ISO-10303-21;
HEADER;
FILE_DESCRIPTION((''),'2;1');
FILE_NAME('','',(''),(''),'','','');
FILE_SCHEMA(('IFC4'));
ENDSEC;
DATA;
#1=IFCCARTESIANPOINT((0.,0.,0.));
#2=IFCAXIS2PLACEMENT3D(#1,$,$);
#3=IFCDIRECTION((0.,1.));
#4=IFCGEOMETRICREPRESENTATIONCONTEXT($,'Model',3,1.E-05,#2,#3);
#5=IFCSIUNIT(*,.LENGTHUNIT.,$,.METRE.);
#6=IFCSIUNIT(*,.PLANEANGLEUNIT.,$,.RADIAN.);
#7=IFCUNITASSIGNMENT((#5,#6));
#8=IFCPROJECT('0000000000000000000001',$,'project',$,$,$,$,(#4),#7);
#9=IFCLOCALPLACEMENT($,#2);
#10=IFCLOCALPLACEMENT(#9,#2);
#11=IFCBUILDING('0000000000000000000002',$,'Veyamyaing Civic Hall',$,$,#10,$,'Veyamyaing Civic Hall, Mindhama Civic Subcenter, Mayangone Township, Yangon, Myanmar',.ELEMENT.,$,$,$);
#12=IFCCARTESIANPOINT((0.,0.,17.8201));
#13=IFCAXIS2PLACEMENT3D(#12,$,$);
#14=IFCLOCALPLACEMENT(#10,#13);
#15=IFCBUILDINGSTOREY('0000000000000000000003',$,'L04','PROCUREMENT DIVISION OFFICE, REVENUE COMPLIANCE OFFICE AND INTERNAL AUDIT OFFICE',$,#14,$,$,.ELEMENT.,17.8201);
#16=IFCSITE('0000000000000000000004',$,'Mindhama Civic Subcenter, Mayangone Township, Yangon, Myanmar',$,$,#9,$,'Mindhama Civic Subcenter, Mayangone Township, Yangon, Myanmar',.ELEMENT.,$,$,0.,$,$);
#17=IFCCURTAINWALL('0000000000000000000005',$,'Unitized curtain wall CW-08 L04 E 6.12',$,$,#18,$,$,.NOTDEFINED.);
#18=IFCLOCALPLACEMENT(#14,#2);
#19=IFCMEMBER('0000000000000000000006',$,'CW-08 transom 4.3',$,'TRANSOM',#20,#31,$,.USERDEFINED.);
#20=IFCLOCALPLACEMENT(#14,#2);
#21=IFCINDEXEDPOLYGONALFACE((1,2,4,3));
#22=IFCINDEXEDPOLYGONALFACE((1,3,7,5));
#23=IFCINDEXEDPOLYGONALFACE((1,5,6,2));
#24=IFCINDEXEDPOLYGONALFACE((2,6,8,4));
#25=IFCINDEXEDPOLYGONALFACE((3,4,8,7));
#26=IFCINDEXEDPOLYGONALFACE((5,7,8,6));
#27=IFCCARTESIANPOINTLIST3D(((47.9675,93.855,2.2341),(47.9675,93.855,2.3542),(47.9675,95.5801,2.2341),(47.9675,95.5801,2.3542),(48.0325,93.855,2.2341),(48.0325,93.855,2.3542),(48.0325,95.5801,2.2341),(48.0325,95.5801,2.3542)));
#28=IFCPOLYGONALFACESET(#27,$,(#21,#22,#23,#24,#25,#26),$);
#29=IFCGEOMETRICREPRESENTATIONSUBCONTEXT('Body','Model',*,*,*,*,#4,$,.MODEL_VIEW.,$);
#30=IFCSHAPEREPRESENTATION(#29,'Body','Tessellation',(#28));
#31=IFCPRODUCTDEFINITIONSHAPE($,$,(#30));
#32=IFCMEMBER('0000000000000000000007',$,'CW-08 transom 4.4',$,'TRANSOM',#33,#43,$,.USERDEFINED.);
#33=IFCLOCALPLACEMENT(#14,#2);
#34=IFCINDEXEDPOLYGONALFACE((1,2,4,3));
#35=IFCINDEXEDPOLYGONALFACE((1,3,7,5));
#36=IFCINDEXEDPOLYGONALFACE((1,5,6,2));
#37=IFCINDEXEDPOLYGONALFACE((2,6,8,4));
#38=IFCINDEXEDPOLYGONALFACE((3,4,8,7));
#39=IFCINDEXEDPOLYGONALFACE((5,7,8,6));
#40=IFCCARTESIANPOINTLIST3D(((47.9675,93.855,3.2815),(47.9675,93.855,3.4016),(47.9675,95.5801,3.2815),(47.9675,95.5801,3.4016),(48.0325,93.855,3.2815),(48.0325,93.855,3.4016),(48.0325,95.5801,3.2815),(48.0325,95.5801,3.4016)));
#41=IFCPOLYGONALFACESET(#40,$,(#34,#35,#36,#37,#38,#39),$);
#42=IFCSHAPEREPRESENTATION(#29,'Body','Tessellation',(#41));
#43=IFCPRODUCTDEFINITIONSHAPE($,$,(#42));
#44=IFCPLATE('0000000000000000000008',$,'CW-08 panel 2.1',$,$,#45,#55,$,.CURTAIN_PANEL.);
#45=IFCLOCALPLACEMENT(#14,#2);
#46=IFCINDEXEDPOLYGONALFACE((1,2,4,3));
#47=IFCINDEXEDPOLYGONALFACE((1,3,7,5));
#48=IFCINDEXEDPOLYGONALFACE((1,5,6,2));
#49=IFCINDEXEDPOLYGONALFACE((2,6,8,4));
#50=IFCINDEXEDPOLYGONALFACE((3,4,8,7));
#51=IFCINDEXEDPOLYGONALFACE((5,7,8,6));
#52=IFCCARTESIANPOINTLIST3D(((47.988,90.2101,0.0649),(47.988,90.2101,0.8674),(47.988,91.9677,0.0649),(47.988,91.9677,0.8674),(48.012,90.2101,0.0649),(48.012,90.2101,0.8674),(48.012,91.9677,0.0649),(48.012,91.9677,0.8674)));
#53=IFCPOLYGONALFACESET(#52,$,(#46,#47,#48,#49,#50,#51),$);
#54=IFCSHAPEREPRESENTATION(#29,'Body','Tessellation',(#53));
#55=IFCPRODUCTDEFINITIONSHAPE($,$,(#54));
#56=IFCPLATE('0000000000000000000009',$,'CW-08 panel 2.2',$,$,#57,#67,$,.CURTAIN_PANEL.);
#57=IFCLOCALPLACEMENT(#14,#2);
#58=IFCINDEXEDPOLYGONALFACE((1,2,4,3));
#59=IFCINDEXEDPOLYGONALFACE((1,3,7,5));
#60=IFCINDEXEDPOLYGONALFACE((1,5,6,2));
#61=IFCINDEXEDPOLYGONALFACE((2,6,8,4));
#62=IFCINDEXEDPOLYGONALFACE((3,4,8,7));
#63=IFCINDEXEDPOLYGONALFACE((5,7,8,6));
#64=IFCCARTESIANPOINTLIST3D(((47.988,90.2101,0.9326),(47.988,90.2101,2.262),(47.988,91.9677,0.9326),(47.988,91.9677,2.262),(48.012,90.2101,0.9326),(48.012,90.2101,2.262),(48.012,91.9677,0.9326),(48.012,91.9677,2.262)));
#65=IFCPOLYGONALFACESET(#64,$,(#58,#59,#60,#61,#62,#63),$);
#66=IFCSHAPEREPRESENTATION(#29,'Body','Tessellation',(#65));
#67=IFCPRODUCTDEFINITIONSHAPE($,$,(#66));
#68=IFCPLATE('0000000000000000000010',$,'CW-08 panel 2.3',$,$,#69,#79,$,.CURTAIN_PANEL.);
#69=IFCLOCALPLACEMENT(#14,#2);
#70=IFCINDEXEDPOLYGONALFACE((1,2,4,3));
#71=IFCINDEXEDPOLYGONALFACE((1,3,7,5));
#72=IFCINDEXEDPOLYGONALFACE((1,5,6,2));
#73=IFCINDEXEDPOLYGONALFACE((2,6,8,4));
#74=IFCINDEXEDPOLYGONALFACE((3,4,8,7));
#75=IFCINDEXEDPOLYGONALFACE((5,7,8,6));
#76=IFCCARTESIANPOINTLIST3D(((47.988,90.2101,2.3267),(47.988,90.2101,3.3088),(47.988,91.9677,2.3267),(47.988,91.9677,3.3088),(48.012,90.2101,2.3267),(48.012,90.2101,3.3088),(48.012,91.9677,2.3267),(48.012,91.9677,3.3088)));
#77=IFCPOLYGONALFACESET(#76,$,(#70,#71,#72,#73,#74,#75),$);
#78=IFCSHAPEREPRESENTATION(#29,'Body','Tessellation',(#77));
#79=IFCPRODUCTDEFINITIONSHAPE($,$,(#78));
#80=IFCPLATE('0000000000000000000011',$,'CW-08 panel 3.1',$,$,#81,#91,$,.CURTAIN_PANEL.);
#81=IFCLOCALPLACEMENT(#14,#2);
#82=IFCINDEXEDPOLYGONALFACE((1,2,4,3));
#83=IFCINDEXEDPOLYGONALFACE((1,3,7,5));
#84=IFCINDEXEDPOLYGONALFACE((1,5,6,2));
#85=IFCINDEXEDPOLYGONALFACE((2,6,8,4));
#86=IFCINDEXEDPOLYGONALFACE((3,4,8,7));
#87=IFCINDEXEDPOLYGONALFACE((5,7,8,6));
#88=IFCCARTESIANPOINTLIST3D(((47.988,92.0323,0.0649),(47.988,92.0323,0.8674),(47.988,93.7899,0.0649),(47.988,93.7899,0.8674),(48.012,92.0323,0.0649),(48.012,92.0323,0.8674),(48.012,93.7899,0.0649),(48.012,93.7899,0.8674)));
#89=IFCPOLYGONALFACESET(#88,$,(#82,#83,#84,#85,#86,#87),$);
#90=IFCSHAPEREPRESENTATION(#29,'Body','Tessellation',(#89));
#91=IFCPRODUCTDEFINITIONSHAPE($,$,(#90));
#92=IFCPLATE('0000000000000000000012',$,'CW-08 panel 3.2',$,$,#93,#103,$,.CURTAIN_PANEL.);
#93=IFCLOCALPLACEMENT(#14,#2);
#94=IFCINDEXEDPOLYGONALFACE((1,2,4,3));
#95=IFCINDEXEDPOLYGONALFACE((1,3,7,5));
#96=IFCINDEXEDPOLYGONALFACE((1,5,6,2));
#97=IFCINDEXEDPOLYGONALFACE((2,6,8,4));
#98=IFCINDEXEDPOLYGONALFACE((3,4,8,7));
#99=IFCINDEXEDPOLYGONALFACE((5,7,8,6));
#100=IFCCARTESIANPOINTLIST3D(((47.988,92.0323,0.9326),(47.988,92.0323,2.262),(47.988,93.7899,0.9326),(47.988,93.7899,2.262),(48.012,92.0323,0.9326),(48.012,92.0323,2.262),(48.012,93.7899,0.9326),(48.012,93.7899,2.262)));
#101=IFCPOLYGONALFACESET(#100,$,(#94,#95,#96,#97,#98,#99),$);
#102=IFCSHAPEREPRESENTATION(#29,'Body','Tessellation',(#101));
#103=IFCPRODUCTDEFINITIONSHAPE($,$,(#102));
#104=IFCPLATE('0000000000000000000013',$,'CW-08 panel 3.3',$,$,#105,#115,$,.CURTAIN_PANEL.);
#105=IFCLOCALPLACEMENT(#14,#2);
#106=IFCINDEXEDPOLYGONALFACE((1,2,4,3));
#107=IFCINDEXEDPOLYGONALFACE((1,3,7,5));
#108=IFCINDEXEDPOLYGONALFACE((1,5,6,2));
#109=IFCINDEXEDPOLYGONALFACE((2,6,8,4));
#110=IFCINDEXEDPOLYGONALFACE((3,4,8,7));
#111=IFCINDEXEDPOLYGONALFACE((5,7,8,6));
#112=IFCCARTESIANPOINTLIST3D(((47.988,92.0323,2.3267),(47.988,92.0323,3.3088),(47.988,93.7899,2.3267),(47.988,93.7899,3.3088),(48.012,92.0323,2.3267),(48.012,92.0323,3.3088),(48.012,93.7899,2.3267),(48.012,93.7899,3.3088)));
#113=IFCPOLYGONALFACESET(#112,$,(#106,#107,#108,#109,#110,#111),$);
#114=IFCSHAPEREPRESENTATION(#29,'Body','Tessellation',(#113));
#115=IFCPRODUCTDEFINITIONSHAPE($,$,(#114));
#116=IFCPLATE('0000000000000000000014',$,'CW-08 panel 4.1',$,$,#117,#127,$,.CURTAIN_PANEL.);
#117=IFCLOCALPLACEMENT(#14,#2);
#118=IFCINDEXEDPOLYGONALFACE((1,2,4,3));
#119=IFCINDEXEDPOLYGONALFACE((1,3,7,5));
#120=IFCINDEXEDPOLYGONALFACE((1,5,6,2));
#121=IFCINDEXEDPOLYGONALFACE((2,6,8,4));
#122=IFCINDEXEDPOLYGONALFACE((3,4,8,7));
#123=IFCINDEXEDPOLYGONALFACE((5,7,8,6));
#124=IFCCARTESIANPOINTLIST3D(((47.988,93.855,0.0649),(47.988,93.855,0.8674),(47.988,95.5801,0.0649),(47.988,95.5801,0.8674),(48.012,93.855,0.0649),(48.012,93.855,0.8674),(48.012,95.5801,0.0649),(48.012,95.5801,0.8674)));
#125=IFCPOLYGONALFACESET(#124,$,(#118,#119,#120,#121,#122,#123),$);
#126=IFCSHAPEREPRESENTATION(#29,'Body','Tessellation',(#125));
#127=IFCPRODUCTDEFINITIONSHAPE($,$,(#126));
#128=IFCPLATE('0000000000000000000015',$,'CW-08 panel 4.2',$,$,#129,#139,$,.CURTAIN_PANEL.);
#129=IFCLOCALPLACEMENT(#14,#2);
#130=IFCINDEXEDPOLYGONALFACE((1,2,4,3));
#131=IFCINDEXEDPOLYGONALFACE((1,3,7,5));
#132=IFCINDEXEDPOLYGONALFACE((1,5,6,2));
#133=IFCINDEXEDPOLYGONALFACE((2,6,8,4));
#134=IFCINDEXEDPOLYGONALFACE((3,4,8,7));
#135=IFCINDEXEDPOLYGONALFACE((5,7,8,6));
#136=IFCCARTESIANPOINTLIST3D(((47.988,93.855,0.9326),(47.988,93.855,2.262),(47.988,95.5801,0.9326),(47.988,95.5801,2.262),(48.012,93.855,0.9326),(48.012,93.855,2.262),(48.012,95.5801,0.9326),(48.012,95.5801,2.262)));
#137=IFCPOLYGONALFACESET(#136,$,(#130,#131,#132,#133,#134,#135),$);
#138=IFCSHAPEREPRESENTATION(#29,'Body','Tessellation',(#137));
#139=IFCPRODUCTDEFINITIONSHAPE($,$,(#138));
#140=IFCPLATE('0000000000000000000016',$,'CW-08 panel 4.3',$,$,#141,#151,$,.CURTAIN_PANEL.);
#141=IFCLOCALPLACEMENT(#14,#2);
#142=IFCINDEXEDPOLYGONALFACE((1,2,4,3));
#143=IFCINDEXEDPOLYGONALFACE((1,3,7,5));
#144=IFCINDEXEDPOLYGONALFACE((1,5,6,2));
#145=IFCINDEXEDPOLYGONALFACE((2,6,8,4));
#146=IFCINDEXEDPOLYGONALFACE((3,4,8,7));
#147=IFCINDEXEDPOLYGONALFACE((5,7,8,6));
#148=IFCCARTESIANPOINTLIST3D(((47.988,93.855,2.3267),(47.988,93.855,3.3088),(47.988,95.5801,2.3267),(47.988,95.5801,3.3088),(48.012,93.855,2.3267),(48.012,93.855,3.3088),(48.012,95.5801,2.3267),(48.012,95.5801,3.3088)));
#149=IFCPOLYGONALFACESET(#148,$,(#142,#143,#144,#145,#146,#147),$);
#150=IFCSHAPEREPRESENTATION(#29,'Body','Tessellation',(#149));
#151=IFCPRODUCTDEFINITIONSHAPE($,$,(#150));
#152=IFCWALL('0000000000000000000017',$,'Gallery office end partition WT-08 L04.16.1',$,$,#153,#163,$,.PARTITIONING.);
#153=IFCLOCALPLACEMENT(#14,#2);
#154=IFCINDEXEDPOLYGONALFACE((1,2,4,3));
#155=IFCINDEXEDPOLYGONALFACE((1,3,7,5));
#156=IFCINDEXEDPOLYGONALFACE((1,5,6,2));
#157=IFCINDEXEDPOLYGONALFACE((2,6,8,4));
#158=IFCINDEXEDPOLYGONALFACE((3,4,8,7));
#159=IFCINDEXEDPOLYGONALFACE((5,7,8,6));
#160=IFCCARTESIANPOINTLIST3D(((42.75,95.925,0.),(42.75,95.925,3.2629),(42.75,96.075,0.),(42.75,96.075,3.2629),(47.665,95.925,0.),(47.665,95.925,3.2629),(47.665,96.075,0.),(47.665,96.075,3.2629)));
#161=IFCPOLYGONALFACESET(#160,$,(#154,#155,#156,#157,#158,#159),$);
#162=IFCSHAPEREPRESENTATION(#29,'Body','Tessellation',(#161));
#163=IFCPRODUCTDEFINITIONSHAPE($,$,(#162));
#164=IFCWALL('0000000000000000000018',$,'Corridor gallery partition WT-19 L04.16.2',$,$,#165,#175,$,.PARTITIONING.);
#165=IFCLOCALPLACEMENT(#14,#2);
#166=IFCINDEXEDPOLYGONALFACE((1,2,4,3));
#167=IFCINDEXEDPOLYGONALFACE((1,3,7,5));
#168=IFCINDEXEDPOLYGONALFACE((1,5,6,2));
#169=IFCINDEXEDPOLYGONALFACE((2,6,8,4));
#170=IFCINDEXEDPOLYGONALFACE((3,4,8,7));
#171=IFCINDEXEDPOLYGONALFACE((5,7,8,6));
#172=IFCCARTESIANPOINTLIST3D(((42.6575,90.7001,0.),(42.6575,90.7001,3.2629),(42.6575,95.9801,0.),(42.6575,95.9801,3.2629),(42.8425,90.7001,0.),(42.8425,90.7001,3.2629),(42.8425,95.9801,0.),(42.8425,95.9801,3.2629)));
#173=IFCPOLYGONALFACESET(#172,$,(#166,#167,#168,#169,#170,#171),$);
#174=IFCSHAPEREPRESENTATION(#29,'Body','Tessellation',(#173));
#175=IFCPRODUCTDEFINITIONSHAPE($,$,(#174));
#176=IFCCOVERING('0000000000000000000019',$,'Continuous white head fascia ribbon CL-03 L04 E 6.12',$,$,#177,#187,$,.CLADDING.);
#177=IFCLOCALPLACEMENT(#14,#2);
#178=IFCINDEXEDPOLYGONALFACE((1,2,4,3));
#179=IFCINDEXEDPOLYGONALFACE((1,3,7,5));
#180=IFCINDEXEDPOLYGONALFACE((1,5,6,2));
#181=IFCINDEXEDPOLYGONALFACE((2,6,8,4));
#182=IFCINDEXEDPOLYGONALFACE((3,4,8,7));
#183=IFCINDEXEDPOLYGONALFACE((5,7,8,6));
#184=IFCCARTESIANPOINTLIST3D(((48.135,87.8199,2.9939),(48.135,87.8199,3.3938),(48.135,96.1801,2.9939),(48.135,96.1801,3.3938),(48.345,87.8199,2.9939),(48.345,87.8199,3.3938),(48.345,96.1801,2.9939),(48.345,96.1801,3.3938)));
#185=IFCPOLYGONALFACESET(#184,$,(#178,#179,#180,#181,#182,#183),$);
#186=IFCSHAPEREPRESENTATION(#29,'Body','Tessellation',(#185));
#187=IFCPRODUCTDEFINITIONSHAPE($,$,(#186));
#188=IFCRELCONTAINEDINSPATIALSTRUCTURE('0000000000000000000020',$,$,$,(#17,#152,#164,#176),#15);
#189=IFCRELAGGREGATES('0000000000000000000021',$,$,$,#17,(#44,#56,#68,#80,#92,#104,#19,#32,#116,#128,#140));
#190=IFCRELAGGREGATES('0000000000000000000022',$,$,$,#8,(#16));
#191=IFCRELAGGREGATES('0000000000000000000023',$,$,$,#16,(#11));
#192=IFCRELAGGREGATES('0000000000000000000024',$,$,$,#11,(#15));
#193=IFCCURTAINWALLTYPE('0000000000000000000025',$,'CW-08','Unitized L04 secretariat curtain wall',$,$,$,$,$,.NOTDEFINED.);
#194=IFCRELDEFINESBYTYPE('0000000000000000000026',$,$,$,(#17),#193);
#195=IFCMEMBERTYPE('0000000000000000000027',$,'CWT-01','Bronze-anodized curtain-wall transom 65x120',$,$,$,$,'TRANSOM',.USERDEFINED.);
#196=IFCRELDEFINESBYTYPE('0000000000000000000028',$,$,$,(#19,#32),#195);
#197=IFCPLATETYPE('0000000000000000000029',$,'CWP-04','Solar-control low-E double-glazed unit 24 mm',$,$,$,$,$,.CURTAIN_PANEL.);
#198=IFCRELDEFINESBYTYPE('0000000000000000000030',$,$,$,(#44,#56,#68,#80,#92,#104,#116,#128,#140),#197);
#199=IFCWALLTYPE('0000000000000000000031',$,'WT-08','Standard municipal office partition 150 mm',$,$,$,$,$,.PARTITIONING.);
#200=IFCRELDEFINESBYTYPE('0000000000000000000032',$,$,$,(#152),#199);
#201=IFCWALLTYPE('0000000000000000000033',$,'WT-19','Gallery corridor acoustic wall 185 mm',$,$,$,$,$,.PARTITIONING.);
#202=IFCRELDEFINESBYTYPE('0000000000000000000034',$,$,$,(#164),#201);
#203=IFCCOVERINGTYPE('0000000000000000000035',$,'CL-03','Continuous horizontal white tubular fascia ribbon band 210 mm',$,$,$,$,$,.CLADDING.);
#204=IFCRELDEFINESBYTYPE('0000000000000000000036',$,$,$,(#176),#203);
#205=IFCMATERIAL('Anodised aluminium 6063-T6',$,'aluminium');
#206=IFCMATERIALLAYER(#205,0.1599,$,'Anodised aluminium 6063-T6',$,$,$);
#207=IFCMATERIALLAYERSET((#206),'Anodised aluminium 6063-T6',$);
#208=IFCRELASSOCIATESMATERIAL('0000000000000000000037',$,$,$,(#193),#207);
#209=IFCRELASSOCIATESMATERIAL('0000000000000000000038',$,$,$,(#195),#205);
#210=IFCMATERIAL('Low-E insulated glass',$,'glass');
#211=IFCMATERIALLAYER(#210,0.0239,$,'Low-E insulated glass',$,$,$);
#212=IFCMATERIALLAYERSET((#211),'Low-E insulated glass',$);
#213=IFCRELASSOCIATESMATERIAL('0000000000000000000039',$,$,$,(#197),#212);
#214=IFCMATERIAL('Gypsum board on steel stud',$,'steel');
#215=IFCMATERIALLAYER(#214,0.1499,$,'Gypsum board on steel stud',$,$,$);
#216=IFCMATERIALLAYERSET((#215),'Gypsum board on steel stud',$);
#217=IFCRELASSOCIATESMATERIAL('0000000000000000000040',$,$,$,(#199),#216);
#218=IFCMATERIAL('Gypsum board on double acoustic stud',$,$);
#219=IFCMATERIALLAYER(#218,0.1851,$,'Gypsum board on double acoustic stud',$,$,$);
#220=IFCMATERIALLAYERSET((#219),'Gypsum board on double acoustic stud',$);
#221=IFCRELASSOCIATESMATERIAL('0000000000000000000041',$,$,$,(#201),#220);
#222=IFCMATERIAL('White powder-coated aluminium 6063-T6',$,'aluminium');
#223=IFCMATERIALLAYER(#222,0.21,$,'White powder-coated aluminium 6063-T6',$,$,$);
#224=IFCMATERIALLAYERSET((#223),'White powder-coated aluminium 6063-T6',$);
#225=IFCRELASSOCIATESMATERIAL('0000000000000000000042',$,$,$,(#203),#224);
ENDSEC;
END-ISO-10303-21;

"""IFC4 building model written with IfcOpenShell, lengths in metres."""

from ifc_helpers import new_model, si_unit, direction, frame, frame_2d, origin, origin_2d, place, context, subcontext, project, spatial, rectangle, extrude, material, layer, layer_set, material_profile, profile_set, type_object, element, aggregate, save


model = new_model("IFC4")

# Units and contexts
model_context = context("Model", 3, precision=1e-05, world=origin(), true_north=direction((0.0, 1.0)))
body_context = subcontext(model_context, "Body", "Model", "MODEL_VIEW")
ifc_project = project(units=[si_unit("LENGTHUNIT", "METRE"), si_unit("PLANEANGLEUNIT", "RADIAN")], contexts=[model_context])

# Site, building, storey
site_placement = place(None, origin())
site = spatial("IfcSite", under=ifc_project, at=site_placement, Name="Mindhama Civic Subcenter, Mayangone Township, Yangon, Myanmar", LongName="Mindhama Civic Subcenter, Mayangone Township, Yangon, Myanmar", CompositionType="ELEMENT", RefElevation=0.0)
building_placement = place(site_placement, origin())
building = spatial("IfcBuilding", under=site, at=building_placement, Name="Veyamyaing Civic Hall", LongName="Veyamyaing Civic Hall, Mindhama Civic Subcenter, Mayangone Township, Yangon, Myanmar", CompositionType="ELEMENT")
storey_placement = place(building_placement, frame((0.0, 0.0, 17.8201)))
storey = spatial("IfcBuildingStorey", under=building, at=storey_placement, Name="L04", Description="PROCUREMENT DIVISION OFFICE, REVENUE COMPLIANCE OFFICE AND INTERNAL AUDIT OFFICE", CompositionType="ELEMENT", Elevation=17.8201)

# Curtain wall, members, plates
ifc_material_1 = material(Name="Anodised aluminium 6063-T6", Category="aluminium")
ifc_layer_1 = layer(ifc_material_1, 0.1599, Name="Anodised aluminium 6063-T6")
ifc_layer_set_1 = layer_set([ifc_layer_1], Name="Anodised aluminium 6063-T6")
curtain_wall_type = type_object("IfcCurtainWallType", Name="CW-08", Description="Unitized L04 secretariat curtain wall", PredefinedType="NOTDEFINED", material=ifc_layer_set_1)
curtain_wall_placement = place(storey_placement, origin())
curtain_wall = element("IfcCurtainWall", 1, at=curtain_wall_placement, inside=storey, type_object=curtain_wall_type, Name="Unitized curtain wall CW-08 L04 E 6.12", PredefinedType="NOTDEFINED")
ifc_material_profile_1 = material_profile(ifc_material_1, rectangle(XDim=0.0649, YDim=0.1201, at=origin_2d()), Name="ALU-TRN-65X120")
ifc_profile_set_1 = profile_set([ifc_material_profile_1], Name="Anodised aluminium 6063-T6")
member_type_1 = type_object("IfcMemberType", Name="CWT-01", Description="Bronze-anodized curtain-wall transom 65x120", ElementType="TRANSOM", PredefinedType="USERDEFINED", material=ifc_profile_set_1)
member_1_placement = place(storey_placement, frame((48.0, 93.855, 2.2942), z_axis=(0.0, 1.0, 0.0), x_axis=(-1.0, 0.0, 0.0)))
member_1 = element("IfcMember", 2, at=member_1_placement, type_object=member_type_1, Name="CW-08 transom 4.3", ObjectType="TRANSOM", PredefinedType="USERDEFINED", context=body_context, shape_type="SweptSolid", body=[
    extrude(rectangle(XDim=0.0649, YDim=0.1201, at=origin_2d()), origin(), (0.0, 0.0, 1.0), 1.7251),
])
member_2_placement = place(storey_placement, frame((48.0, 93.855, 3.3416), z_axis=(0.0, 1.0, 0.0), x_axis=(-1.0, 0.0, 0.0)))
member_2 = element("IfcMember", 3, at=member_2_placement, type_object=member_type_1, Name="CW-08 transom 4.4", ObjectType="TRANSOM", PredefinedType="USERDEFINED", context=body_context, shape_type="SweptSolid", body=[
    extrude(rectangle(XDim=0.0649, YDim=0.1201, at=origin_2d()), origin(), (0.0, 0.0, 1.0), 1.7251),
])
ifc_material_2 = material(Name="Low-E insulated glass", Category="glass")
ifc_layer_2 = layer(ifc_material_2, 0.0239, Name="Low-E insulated glass")
ifc_layer_set_2 = layer_set([ifc_layer_2], Name="Low-E insulated glass")
plate_type = type_object("IfcPlateType", Name="CWP-04", Description="Solar-control low-E double-glazed unit 24 mm", PredefinedType="CURTAIN_PANEL", material=ifc_layer_set_2)
plate_1_placement = place(storey_placement, frame((48.0, 91.0889, 0.0649), z_axis=(0.0, 0.0, 1.0), x_axis=(0.0, 1.0, 0.0)))
plate_1 = element("IfcPlate", 4, at=plate_1_placement, type_object=plate_type, Name="CW-08 panel 2.1", PredefinedType="CURTAIN_PANEL", context=body_context, shape_type="SweptSolid", body=[
    extrude(rectangle(XDim=1.7576, YDim=0.0239, at=origin_2d()), origin(), (0.0, 0.0, 1.0), 0.8025),
])
plate_2_placement = place(storey_placement, frame((48.0, 91.0889, 0.9326), z_axis=(0.0, 0.0, 1.0), x_axis=(0.0, 1.0, 0.0)))
plate_2 = element("IfcPlate", 5, at=plate_2_placement, type_object=plate_type, Name="CW-08 panel 2.2", PredefinedType="CURTAIN_PANEL", context=body_context, shape_type="SweptSolid", body=[
    extrude(rectangle(XDim=1.7576, YDim=0.0239, at=origin_2d()), origin(), (0.0, 0.0, 1.0), 1.3293),
])
plate_3_placement = place(storey_placement, frame((48.0, 91.0889, 2.3267), z_axis=(0.0, 0.0, 1.0), x_axis=(0.0, 1.0, 0.0)))
plate_3 = element("IfcPlate", 6, at=plate_3_placement, type_object=plate_type, Name="CW-08 panel 2.3", PredefinedType="CURTAIN_PANEL", context=body_context, shape_type="SweptSolid", body=[
    extrude(rectangle(XDim=1.7576, YDim=0.0239, at=origin_2d()), origin(), (0.0, 0.0, 1.0), 0.9822),
])
plate_4_placement = place(storey_placement, frame((48.0, 92.9111, 0.0649), z_axis=(0.0, 0.0, 1.0), x_axis=(0.0, 1.0, 0.0)))
plate_4 = element("IfcPlate", 7, at=plate_4_placement, type_object=plate_type, Name="CW-08 panel 3.1", PredefinedType="CURTAIN_PANEL", context=body_context, shape_type="SweptSolid", body=[
    extrude(rectangle(XDim=1.7576, YDim=0.0239, at=origin_2d()), origin(), (0.0, 0.0, 1.0), 0.8025),
])
plate_5_placement = place(storey_placement, frame((48.0, 92.9111, 0.9326), z_axis=(0.0, 0.0, 1.0), x_axis=(0.0, 1.0, 0.0)))
plate_5 = element("IfcPlate", 8, at=plate_5_placement, type_object=plate_type, Name="CW-08 panel 3.2", PredefinedType="CURTAIN_PANEL", context=body_context, shape_type="SweptSolid", body=[
    extrude(rectangle(XDim=1.7576, YDim=0.0239, at=origin_2d()), origin(), (0.0, 0.0, 1.0), 1.3293),
])
plate_6_placement = place(storey_placement, frame((48.0, 92.9111, 2.3267), z_axis=(0.0, 0.0, 1.0), x_axis=(0.0, 1.0, 0.0)))
plate_6 = element("IfcPlate", 9, at=plate_6_placement, type_object=plate_type, Name="CW-08 panel 3.3", PredefinedType="CURTAIN_PANEL", context=body_context, shape_type="SweptSolid", body=[
    extrude(rectangle(XDim=1.7576, YDim=0.0239, at=origin_2d()), origin(), (0.0, 0.0, 1.0), 0.9822),
])
plate_7_placement = place(storey_placement, frame((48.0, 94.7175, 0.0649), z_axis=(0.0, 0.0, 1.0), x_axis=(0.0, 1.0, 0.0)))
plate_7 = element("IfcPlate", 10, at=plate_7_placement, type_object=plate_type, Name="CW-08 panel 4.1", PredefinedType="CURTAIN_PANEL", context=body_context, shape_type="SweptSolid", body=[
    extrude(rectangle(XDim=1.7251, YDim=0.0239, at=origin_2d()), origin(), (0.0, 0.0, 1.0), 0.8025),
])
plate_8_placement = place(storey_placement, frame((48.0, 94.7175, 0.9326), z_axis=(0.0, 0.0, 1.0), x_axis=(0.0, 1.0, 0.0)))
plate_8 = element("IfcPlate", 11, at=plate_8_placement, type_object=plate_type, Name="CW-08 panel 4.2", PredefinedType="CURTAIN_PANEL", context=body_context, shape_type="SweptSolid", body=[
    extrude(rectangle(XDim=1.7251, YDim=0.0239, at=origin_2d()), origin(), (0.0, 0.0, 1.0), 1.3293),
])
plate_9_placement = place(storey_placement, frame((48.0, 94.7175, 2.3267), z_axis=(0.0, 0.0, 1.0), x_axis=(0.0, 1.0, 0.0)))
plate_9 = element("IfcPlate", 12, at=plate_9_placement, type_object=plate_type, Name="CW-08 panel 4.3", PredefinedType="CURTAIN_PANEL", context=body_context, shape_type="SweptSolid", body=[
    extrude(rectangle(XDim=1.7251, YDim=0.0239, at=origin_2d()), origin(), (0.0, 0.0, 1.0), 0.9822),
])
aggregate(curtain_wall, [plate_1, plate_2, plate_3, plate_4, plate_5, plate_6, member_1, member_2, plate_7, plate_8, plate_9])

# Wall
ifc_material_3 = material(Name="Gypsum board on steel stud", Category="steel")
ifc_layer_3 = layer(ifc_material_3, 0.1499, Name="Gypsum board on steel stud")
ifc_layer_set_3 = layer_set([ifc_layer_3], Name="Gypsum board on steel stud")
wall_type_1 = type_object("IfcWallType", Name="WT-08", Description="Standard municipal office partition 150 mm", PredefinedType="PARTITIONING", material=ifc_layer_set_3)
wall_1_placement = place(storey_placement, frame((42.75, 96.0, 0.0), z_axis=(0.0, 0.0, 1.0), x_axis=(1.0, 0.0, 0.0)))
element("IfcWall", 13, at=wall_1_placement, inside=storey, type_object=wall_type_1, Name="Gallery office end partition WT-08 L04.16.1", PredefinedType="PARTITIONING", context=body_context, shape_type="SweptSolid", body=[
    extrude(rectangle(XDim=4.915, YDim=0.1499, at=frame_2d((2.4575, 0.0))), origin(), (0.0, 0.0, 1.0), 3.2629),
])

# Shared definitions
ifc_material_4 = material(Name="Gypsum board on double acoustic stud")
ifc_layer_4 = layer(ifc_material_4, 0.1851, Name="Gypsum board on double acoustic stud")
ifc_layer_set_4 = layer_set([ifc_layer_4], Name="Gypsum board on double acoustic stud")
wall_type_2 = type_object("IfcWallType", Name="WT-19", Description="Gallery corridor acoustic wall 185 mm", PredefinedType="PARTITIONING", material=ifc_layer_set_4)

# Wall
wall_2_placement = place(storey_placement, frame((42.75, 90.7, 0.0), z_axis=(0.0, 0.0, 1.0), x_axis=(0.0, 1.0, 0.0)))
element("IfcWall", 14, at=wall_2_placement, inside=storey, type_object=wall_type_2, Name="Corridor gallery partition WT-19 L04.16.2", PredefinedType="PARTITIONING", context=body_context, shape_type="SweptSolid", body=[
    extrude(rectangle(XDim=5.28, YDim=0.1851, at=frame_2d((2.6401, 0.0))), origin(), (0.0, 0.0, 1.0), 3.2629),
])

# Covering
ifc_material_5 = material(Name="White powder-coated aluminium 6063-T6", Category="aluminium")
ifc_layer_5 = layer(ifc_material_5, 0.21, Name="White powder-coated aluminium 6063-T6")
ifc_layer_set_5 = layer_set([ifc_layer_5], Name="White powder-coated aluminium 6063-T6")
covering_type = type_object("IfcCoveringType", Name="CL-03", Description="Continuous horizontal white tubular fascia ribbon band 210 mm", PredefinedType="CLADDING", material=ifc_layer_set_5)
for number, where, z_axis, x_axis, name in (
    (15, (48.24, 92.0, 2.9939), (0.0, 0.0, 1.0), (0.0, 1.0, 0.0), "Continuous white head fascia ribbon CL-03 L04 E 6.12"),
):
    element("IfcCovering", number, at=place(storey_placement, frame(where, z_axis=z_axis, x_axis=x_axis)), inside=storey, type_object=covering_type, Name=name, PredefinedType="CLADDING", context=body_context, shape_type="SweptSolid", body=[
        extrude(rectangle(XDim=8.3601, YDim=0.21, at=origin_2d()), origin(), (0.0, 0.0, 1.0), 0.3999),
    ])

save(model, "model.ifc")
